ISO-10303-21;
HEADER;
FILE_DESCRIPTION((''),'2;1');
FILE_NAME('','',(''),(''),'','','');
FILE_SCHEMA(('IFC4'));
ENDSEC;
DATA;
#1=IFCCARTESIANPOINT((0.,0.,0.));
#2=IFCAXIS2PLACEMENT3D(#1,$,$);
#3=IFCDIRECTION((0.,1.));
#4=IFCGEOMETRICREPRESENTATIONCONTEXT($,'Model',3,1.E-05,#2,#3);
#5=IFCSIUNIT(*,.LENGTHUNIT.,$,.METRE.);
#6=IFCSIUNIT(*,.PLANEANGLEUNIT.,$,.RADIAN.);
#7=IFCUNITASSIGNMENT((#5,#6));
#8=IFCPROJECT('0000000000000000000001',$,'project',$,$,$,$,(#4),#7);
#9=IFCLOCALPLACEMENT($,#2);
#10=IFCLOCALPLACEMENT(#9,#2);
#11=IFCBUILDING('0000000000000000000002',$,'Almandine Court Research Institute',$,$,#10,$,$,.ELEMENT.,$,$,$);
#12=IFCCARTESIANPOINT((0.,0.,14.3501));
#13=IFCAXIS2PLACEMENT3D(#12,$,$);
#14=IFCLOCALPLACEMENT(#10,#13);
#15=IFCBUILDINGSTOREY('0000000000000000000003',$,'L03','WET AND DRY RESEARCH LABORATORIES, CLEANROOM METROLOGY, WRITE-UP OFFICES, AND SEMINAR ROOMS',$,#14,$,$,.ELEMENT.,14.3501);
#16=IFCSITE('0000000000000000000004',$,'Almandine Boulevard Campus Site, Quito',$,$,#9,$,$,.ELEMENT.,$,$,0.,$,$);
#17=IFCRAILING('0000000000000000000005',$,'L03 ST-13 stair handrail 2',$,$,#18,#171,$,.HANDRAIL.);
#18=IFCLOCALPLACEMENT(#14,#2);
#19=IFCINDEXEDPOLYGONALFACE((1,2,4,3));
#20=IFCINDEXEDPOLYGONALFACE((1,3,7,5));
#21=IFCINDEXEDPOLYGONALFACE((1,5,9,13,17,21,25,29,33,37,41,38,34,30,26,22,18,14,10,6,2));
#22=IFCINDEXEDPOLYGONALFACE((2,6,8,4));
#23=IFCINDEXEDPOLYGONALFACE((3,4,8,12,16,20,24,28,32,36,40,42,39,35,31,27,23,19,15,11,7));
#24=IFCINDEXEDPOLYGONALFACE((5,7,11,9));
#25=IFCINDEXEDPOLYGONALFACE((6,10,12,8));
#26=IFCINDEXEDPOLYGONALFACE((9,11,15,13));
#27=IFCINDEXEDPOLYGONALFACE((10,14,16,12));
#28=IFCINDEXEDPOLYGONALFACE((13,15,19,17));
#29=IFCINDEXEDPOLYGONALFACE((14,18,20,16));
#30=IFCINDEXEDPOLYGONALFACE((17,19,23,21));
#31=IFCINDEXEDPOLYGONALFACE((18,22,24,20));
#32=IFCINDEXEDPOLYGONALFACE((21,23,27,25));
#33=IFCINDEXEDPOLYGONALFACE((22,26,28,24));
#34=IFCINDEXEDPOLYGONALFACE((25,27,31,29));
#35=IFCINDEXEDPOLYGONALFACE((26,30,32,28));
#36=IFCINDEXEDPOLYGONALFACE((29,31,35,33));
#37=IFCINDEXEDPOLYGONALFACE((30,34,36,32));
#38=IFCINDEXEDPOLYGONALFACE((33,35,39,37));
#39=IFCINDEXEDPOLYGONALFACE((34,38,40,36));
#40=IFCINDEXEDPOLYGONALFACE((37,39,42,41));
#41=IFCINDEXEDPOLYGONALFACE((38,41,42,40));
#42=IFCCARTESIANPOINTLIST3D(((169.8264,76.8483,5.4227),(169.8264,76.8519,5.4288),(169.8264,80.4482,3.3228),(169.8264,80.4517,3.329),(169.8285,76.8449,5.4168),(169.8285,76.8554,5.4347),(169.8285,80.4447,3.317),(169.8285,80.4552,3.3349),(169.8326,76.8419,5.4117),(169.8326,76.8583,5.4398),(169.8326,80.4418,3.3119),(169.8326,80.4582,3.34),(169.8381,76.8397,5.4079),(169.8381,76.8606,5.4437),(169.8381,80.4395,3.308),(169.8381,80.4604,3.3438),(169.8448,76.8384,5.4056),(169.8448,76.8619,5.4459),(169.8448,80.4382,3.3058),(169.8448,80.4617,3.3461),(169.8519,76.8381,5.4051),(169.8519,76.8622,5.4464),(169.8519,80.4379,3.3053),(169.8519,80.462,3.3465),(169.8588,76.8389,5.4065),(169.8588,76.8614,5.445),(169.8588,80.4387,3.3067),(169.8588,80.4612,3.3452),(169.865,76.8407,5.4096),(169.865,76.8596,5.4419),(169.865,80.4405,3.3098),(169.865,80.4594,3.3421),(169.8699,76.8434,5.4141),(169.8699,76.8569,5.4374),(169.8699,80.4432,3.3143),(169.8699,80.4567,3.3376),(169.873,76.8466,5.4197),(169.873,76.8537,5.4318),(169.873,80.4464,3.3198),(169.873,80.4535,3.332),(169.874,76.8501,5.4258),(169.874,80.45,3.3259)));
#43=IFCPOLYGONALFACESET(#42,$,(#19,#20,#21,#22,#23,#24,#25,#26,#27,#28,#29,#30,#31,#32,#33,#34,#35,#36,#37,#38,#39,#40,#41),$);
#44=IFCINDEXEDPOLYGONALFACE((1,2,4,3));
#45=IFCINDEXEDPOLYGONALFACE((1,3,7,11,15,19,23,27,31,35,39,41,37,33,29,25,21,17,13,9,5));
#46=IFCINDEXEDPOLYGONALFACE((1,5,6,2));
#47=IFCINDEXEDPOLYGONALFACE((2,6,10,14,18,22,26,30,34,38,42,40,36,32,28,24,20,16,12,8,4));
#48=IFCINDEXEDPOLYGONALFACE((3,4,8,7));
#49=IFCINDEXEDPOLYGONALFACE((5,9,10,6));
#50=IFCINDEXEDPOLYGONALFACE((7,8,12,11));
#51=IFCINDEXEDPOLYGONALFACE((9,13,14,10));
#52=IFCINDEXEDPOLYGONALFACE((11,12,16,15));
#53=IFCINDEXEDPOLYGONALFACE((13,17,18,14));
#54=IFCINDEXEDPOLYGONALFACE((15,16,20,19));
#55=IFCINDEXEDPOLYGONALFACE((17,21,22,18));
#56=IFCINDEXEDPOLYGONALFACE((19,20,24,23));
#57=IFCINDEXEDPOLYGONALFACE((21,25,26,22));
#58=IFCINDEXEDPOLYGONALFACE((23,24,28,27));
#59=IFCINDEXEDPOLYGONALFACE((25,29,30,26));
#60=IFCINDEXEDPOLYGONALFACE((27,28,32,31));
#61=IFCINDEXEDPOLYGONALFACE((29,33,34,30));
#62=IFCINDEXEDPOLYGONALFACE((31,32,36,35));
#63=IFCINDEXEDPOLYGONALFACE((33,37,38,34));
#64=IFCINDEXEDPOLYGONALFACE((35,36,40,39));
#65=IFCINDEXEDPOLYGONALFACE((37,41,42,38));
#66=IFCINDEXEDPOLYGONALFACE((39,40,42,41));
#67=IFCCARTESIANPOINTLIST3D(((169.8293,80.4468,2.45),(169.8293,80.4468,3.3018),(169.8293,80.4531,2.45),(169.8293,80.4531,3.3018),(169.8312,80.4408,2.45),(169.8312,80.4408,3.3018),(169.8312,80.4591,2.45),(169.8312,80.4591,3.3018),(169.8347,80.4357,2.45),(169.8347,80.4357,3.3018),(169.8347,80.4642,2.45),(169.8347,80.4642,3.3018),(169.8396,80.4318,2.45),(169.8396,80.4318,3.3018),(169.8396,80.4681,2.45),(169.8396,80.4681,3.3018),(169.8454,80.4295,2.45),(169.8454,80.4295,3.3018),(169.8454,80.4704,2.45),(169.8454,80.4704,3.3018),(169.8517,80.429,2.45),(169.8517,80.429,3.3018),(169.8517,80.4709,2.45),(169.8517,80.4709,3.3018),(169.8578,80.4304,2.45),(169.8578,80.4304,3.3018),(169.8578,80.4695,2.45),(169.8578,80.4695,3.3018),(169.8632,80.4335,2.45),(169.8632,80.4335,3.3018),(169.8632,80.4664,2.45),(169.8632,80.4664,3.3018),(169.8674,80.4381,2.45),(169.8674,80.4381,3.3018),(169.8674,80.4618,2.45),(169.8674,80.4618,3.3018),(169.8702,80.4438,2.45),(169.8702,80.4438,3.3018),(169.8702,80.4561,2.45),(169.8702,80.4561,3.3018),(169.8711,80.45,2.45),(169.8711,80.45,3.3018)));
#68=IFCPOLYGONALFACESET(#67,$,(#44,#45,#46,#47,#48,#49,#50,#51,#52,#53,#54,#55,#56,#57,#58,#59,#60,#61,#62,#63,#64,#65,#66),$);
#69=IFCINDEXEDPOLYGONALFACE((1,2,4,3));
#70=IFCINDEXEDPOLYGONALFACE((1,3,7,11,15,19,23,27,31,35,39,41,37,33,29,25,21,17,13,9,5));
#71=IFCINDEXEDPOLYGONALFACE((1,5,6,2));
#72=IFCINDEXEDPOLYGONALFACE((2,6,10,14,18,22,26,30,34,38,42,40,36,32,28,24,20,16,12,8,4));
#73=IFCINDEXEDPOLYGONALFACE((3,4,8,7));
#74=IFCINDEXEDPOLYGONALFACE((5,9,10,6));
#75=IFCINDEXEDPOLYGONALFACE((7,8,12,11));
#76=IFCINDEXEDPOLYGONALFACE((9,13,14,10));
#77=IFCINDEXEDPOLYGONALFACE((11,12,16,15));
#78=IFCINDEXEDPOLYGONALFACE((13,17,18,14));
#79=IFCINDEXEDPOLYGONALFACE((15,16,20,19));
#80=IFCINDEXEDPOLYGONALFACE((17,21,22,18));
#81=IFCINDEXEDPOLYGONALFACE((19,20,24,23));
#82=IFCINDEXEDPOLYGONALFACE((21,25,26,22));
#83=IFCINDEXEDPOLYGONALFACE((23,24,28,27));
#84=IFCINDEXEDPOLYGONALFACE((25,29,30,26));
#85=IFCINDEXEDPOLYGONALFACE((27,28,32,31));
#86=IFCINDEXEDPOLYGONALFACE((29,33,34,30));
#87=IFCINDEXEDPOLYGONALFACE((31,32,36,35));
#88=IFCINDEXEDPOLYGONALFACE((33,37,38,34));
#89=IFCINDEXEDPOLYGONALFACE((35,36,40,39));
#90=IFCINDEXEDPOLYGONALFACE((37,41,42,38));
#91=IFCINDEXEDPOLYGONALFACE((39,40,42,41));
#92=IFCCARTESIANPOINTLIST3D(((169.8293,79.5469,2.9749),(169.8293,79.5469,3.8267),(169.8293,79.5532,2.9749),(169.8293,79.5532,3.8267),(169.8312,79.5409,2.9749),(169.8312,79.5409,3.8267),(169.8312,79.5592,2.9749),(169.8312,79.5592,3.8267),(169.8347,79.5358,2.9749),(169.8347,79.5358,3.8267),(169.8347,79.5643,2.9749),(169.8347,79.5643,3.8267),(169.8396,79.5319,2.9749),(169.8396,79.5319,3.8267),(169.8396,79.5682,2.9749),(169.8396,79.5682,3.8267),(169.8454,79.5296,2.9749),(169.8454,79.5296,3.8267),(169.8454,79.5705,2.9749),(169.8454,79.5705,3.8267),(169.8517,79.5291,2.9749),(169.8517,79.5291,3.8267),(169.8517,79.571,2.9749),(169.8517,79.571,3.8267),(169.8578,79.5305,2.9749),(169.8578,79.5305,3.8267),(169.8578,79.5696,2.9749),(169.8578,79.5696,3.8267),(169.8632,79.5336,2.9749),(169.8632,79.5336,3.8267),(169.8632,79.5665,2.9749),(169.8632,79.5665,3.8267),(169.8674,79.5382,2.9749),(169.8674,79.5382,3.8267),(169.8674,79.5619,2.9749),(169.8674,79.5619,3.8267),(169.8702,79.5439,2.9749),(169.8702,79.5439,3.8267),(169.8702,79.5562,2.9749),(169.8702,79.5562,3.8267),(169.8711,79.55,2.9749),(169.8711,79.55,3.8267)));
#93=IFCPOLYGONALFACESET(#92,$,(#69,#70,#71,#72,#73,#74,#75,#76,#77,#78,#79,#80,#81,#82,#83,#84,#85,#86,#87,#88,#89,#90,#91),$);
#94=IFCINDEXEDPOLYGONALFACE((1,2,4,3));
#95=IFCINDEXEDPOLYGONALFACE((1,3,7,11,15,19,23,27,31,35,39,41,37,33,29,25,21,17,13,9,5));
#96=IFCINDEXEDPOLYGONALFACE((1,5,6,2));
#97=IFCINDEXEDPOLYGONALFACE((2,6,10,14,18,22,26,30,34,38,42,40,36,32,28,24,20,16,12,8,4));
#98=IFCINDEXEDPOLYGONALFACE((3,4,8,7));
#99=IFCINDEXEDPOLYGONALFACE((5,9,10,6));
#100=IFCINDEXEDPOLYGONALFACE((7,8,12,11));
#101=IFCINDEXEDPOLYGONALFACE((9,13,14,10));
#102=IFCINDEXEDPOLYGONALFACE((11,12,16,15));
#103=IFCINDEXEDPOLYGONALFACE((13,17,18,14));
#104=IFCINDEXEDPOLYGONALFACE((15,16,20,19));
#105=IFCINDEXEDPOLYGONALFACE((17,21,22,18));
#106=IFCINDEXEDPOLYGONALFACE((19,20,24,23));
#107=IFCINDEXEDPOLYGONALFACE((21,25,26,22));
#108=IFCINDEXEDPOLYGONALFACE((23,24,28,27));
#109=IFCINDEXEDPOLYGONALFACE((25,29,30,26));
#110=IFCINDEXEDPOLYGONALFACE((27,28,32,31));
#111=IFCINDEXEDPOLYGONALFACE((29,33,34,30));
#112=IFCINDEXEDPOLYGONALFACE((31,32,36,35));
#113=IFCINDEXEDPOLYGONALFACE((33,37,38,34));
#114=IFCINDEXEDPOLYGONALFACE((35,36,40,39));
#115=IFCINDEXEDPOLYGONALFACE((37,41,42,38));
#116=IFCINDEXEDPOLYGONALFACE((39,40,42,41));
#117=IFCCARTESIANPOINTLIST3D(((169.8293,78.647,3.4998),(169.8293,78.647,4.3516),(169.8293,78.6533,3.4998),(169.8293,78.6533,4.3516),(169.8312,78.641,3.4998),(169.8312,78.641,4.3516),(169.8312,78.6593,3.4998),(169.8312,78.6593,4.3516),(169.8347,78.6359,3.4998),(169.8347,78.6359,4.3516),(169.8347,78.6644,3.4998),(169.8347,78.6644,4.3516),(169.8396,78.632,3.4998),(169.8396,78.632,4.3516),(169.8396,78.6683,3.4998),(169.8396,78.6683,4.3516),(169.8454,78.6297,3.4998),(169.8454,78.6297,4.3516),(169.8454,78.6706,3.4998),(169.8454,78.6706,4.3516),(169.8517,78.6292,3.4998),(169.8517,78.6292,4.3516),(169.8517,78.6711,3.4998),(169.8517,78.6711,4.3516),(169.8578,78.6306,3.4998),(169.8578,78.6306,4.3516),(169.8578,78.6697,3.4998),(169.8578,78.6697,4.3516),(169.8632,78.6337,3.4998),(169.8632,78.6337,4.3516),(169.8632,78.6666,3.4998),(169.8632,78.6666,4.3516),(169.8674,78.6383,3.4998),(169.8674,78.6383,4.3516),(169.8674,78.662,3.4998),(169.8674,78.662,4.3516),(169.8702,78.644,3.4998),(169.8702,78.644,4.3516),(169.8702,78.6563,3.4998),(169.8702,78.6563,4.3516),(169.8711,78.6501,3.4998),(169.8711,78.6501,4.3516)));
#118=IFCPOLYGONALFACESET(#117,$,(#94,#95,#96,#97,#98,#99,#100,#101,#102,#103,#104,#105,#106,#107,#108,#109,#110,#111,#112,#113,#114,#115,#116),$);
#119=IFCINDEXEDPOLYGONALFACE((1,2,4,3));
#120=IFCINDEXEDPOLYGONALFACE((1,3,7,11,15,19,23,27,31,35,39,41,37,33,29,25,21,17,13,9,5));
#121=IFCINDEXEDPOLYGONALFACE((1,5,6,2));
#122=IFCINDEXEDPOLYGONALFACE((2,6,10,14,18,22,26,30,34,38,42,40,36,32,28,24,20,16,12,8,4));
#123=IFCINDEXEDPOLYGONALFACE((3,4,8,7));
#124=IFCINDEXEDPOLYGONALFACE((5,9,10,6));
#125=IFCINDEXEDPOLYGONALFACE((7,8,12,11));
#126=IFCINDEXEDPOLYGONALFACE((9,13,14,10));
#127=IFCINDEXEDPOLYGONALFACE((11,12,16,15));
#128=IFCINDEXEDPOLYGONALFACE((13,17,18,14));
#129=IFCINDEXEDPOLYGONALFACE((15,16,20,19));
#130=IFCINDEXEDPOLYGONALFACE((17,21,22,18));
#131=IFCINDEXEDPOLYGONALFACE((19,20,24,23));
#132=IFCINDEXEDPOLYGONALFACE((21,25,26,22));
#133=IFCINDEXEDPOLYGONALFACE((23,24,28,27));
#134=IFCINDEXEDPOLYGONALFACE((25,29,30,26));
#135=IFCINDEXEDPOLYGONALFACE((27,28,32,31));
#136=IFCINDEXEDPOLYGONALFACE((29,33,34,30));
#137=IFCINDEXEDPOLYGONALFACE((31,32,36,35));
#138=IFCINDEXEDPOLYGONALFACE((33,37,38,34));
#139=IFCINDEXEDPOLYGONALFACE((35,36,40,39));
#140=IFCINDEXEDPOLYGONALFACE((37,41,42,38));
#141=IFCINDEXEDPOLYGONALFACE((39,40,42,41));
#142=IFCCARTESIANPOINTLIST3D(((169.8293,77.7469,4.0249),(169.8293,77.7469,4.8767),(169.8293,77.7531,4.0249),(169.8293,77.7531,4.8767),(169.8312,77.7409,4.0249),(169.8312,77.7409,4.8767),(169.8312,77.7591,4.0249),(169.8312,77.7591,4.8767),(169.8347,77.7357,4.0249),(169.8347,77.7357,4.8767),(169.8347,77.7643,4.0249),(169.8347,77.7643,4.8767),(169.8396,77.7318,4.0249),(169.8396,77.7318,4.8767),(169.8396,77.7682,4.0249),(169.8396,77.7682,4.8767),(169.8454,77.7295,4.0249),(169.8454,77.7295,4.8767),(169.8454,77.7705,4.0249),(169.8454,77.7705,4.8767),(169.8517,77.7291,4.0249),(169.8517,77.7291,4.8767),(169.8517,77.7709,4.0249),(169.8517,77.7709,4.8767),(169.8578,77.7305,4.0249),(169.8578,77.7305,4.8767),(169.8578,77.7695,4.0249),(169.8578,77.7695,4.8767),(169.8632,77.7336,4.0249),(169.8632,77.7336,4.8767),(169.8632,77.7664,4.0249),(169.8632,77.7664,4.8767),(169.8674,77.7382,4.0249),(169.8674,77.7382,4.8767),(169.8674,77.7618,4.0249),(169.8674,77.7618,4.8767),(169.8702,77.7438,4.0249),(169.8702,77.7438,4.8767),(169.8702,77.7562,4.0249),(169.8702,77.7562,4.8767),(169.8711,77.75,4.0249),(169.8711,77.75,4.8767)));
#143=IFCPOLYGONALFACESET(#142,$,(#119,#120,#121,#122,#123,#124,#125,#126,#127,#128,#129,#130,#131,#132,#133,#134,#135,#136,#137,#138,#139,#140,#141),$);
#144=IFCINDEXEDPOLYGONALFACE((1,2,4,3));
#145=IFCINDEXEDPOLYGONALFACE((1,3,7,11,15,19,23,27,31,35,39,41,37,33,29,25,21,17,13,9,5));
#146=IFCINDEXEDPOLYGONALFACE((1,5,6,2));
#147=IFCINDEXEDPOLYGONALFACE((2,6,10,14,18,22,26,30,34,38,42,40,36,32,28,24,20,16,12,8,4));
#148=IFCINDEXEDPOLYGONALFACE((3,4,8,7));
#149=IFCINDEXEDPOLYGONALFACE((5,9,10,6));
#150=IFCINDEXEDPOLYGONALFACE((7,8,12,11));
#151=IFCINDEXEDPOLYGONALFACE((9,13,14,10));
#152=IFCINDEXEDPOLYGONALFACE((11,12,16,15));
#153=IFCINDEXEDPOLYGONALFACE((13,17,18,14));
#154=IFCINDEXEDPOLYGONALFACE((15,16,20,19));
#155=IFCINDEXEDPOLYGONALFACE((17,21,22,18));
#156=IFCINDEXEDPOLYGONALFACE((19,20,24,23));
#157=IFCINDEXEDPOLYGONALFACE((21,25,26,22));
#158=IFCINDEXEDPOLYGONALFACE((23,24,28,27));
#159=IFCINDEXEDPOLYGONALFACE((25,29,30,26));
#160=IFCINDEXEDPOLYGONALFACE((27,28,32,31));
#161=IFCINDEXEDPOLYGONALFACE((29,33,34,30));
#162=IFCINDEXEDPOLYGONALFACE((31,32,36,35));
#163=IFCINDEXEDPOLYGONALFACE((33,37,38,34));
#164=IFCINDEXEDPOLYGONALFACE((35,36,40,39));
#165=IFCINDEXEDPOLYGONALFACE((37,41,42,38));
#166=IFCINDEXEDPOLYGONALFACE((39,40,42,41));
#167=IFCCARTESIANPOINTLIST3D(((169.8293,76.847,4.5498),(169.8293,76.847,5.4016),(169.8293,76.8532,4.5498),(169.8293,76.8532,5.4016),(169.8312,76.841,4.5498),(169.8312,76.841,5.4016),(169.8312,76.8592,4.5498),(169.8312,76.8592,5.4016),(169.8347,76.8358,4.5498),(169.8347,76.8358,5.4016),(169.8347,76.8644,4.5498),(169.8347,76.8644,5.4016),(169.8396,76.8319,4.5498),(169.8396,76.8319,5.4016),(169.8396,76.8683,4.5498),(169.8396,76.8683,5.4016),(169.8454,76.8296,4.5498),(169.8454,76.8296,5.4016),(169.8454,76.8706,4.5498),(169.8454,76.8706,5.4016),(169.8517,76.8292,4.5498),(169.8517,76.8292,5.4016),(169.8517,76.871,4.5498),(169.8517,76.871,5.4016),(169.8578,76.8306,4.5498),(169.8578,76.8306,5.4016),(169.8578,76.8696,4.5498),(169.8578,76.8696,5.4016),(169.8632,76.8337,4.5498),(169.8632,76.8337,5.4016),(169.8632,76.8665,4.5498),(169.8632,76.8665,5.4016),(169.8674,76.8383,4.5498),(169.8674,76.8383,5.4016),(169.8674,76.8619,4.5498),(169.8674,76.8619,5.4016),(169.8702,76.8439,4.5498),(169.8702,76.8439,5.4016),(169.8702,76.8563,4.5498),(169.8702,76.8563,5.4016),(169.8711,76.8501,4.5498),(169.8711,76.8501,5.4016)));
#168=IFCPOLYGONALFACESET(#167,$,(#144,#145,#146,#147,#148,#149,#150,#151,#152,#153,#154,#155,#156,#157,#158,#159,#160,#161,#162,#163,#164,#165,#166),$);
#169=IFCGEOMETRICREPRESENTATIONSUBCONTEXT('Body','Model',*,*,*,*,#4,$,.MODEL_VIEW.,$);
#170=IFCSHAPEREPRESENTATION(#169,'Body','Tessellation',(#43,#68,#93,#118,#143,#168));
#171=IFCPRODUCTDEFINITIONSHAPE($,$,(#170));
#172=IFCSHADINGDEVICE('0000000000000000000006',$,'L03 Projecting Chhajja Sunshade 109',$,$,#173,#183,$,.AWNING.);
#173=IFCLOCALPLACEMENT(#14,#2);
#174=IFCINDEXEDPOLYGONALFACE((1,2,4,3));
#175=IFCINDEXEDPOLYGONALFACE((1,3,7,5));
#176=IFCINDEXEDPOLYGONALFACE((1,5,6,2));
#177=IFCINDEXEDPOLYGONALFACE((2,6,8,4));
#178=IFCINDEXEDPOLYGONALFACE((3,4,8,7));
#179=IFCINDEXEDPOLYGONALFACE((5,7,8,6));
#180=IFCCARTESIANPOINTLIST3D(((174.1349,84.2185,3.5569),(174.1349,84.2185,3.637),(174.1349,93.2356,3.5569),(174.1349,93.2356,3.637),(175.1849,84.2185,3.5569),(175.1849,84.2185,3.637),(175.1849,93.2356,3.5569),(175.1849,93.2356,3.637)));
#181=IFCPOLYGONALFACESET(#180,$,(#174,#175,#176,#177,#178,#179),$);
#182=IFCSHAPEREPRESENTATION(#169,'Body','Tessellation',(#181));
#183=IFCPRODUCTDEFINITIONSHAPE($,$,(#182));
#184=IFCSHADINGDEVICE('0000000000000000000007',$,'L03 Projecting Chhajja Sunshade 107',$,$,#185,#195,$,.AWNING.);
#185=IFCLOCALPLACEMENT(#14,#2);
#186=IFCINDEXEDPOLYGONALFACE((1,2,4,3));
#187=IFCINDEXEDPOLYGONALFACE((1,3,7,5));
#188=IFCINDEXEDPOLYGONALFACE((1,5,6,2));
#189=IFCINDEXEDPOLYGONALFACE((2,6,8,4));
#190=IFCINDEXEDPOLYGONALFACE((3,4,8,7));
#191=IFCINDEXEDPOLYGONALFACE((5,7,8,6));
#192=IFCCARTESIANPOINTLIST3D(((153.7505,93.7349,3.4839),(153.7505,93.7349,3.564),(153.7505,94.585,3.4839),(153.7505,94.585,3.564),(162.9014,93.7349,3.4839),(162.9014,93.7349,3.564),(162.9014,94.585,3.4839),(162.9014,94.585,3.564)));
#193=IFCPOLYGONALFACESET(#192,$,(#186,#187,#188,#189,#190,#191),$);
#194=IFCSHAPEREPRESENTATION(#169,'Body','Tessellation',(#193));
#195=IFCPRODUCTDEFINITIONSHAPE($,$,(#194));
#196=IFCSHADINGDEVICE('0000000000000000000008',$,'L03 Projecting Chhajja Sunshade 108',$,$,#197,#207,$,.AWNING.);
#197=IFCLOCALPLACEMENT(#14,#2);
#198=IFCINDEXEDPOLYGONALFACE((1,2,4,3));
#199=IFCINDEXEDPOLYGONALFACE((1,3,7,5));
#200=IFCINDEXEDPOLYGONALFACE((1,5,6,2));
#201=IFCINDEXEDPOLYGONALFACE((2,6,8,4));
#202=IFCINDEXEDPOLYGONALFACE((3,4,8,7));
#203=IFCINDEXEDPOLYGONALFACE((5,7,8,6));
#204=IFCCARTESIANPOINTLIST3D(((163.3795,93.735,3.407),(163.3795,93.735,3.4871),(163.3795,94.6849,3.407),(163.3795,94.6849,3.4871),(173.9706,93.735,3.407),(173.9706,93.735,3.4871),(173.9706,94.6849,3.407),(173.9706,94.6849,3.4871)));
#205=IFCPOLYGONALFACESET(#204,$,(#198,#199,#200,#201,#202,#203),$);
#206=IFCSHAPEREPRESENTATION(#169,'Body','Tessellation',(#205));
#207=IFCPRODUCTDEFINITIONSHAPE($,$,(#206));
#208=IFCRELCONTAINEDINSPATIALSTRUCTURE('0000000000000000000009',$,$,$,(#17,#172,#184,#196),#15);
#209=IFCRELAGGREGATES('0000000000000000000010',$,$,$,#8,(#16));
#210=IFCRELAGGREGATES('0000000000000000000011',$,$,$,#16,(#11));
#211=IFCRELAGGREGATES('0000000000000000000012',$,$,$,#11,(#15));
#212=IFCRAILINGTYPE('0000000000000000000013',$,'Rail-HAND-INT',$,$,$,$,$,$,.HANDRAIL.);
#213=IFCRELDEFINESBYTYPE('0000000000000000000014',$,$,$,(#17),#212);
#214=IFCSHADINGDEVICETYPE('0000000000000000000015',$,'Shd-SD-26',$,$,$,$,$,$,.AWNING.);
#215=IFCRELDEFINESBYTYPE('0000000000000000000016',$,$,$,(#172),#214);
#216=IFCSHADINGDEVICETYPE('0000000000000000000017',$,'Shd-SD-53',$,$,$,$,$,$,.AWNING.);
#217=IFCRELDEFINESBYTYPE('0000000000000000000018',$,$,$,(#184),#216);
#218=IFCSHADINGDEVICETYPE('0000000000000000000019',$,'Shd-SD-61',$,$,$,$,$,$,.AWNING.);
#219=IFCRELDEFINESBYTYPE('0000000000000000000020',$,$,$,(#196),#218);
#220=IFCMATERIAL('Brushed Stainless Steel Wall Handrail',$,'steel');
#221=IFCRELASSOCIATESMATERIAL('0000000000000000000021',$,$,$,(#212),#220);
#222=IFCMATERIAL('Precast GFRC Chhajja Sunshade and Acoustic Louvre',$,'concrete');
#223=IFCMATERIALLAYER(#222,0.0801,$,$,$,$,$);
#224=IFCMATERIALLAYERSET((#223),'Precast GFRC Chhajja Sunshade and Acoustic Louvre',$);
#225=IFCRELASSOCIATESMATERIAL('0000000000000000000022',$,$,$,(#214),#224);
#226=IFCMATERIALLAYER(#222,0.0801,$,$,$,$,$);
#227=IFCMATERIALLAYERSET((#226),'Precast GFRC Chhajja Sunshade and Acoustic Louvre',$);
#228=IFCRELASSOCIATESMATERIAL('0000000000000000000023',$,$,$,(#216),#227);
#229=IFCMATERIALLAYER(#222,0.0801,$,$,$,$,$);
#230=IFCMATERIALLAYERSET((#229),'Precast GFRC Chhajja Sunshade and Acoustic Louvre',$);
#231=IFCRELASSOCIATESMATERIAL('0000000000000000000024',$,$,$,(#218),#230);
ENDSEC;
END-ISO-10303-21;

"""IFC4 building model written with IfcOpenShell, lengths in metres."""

from ifc_helpers import new_model, si_unit, direction, frame, origin, origin_2d, place, context, subcontext, project, spatial, rectangle, circle, extrude, material, layer, layer_set, type_object, element, save


model = new_model("IFC4")

# Units and contexts
model_context = context("Model", 3, precision=1e-05, world=origin(), true_north=direction((0.0, 1.0)))
body_context = subcontext(model_context, "Body", "Model", "MODEL_VIEW")
ifc_project = project(units=[si_unit("LENGTHUNIT", "METRE"), si_unit("PLANEANGLEUNIT", "RADIAN")], contexts=[model_context])

# Site, building, storey
site_placement = place(None, origin())
site = spatial("IfcSite", under=ifc_project, at=site_placement, Name="Almandine Boulevard Campus Site, Quito", CompositionType="ELEMENT", RefElevation=0.0)
building_placement = place(site_placement, origin())
building = spatial("IfcBuilding", under=site, at=building_placement, Name="Almandine Court Research Institute", CompositionType="ELEMENT")
storey_placement = place(building_placement, frame((0.0, 0.0, 14.3501)))
storey = spatial("IfcBuildingStorey", under=building, at=storey_placement, Name="L03", Description="WET AND DRY RESEARCH LABORATORIES, CLEANROOM METROLOGY, WRITE-UP OFFICES, AND SEMINAR ROOMS", CompositionType="ELEMENT", Elevation=14.3501)

# Railing
ifc_material_1 = material(Name="Brushed Stainless Steel Wall Handrail", Category="steel")
railing_type_1 = type_object("IfcRailingType", Name="Rail-HAND-INT", PredefinedType="HANDRAIL", material=ifc_material_1)
railing_1_placement = place(storey_placement, frame((169.8501, 80.45, 2.45)))
element("IfcRailing", 1, at=railing_1_placement, inside=storey, type_object=railing_type_1, Name="L03 ST-13 stair handrail 2", PredefinedType="HANDRAIL", context=body_context, shape_type="SweptSolid", body=[
    extrude(circle(Radius=0.0239, at=origin_2d()), frame((0.0, 0.0, 0.876), z_axis=(0.0, -0.863785, 0.50386), x_axis=(1.0, 0.0, 0.0)), (0.0, 0.0, 1.0), 4.1675),
    extrude(circle(Radius=0.021, at=origin_2d()), origin(), (0.0, 0.0, 1.0), 0.8518),
    extrude(circle(Radius=0.021, at=origin_2d()), frame((0.0, -0.8999, 0.5249)), (0.0, 0.0, 1.0), 0.8518),
    extrude(circle(Radius=0.021, at=origin_2d()), frame((0.0, -1.7998, 1.0498)), (0.0, 0.0, 1.0), 0.8518),
    extrude(circle(Radius=0.021, at=origin_2d()), frame((0.0, -2.7, 1.575)), (0.0, 0.0, 1.0), 0.8518),
    extrude(circle(Radius=0.021, at=origin_2d()), frame((0.0, -3.5999, 2.0999)), (0.0, 0.0, 1.0), 0.8518),
])

# Shading devices
ifc_material_2 = material(Name="Precast GFRC Chhajja Sunshade and Acoustic Louvre", Category="concrete")
ifc_layer_1 = layer(ifc_material_2, 0.0801)
ifc_layer_set_1 = layer_set([ifc_layer_1], Name="Precast GFRC Chhajja Sunshade and Acoustic Louvre")
shading_device_type_1 = type_object("IfcShadingDeviceType", Name="Shd-SD-26", PredefinedType="AWNING", material=ifc_layer_set_1)
shading_device_1_placement = place(storey_placement, frame((174.6599, 88.7271, 3.5569), z_axis=(0.0, 0.0, 1.0), x_axis=(0.0, -1.0, 0.0)))
element("IfcShadingDevice", 2, at=shading_device_1_placement, inside=storey, type_object=shading_device_type_1, Name="L03 Projecting Chhajja Sunshade 109", PredefinedType="AWNING", context=body_context, shape_type="SweptSolid", body=[
    extrude(rectangle(XDim=9.0171, YDim=1.05, at=origin_2d()), origin(), (0.0, 0.0, 1.0), 0.0801),
])
ifc_layer_2 = layer(ifc_material_2, 0.0801)
ifc_layer_set_2 = layer_set([ifc_layer_2], Name="Precast GFRC Chhajja Sunshade and Acoustic Louvre")
shading_device_type_2 = type_object("IfcShadingDeviceType", Name="Shd-SD-53", PredefinedType="AWNING", material=ifc_layer_set_2)
shading_device_2_placement = place(storey_placement, frame((158.3259, 94.1599, 3.4839), z_axis=(0.0, 0.0, 1.0), x_axis=(1.0, 0.0, 0.0)))
element("IfcShadingDevice", 3, at=shading_device_2_placement, inside=storey, type_object=shading_device_type_2, Name="L03 Projecting Chhajja Sunshade 107", PredefinedType="AWNING", context=body_context, shape_type="SweptSolid", body=[
    extrude(rectangle(XDim=9.1509, YDim=0.8501, at=origin_2d()), origin(), (0.0, 0.0, 1.0), 0.0801),
])
ifc_layer_3 = layer(ifc_material_2, 0.0801)
ifc_layer_set_3 = layer_set([ifc_layer_3], Name="Precast GFRC Chhajja Sunshade and Acoustic Louvre")
shading_device_type_3 = type_object("IfcShadingDeviceType", Name="Shd-SD-61", PredefinedType="AWNING", material=ifc_layer_set_3)
shading_device_3_placement = place(storey_placement, frame((168.675, 94.21, 3.407), z_axis=(0.0, 0.0, 1.0), x_axis=(1.0, 0.0, 0.0)))
element("IfcShadingDevice", 4, at=shading_device_3_placement, inside=storey, type_object=shading_device_type_3, Name="L03 Projecting Chhajja Sunshade 108", PredefinedType="AWNING", context=body_context, shape_type="SweptSolid", body=[
    extrude(rectangle(XDim=10.5911, YDim=0.95, at=origin_2d()), origin(), (0.0, 0.0, 1.0), 0.0801),
])

save(model, "model.ifc")
